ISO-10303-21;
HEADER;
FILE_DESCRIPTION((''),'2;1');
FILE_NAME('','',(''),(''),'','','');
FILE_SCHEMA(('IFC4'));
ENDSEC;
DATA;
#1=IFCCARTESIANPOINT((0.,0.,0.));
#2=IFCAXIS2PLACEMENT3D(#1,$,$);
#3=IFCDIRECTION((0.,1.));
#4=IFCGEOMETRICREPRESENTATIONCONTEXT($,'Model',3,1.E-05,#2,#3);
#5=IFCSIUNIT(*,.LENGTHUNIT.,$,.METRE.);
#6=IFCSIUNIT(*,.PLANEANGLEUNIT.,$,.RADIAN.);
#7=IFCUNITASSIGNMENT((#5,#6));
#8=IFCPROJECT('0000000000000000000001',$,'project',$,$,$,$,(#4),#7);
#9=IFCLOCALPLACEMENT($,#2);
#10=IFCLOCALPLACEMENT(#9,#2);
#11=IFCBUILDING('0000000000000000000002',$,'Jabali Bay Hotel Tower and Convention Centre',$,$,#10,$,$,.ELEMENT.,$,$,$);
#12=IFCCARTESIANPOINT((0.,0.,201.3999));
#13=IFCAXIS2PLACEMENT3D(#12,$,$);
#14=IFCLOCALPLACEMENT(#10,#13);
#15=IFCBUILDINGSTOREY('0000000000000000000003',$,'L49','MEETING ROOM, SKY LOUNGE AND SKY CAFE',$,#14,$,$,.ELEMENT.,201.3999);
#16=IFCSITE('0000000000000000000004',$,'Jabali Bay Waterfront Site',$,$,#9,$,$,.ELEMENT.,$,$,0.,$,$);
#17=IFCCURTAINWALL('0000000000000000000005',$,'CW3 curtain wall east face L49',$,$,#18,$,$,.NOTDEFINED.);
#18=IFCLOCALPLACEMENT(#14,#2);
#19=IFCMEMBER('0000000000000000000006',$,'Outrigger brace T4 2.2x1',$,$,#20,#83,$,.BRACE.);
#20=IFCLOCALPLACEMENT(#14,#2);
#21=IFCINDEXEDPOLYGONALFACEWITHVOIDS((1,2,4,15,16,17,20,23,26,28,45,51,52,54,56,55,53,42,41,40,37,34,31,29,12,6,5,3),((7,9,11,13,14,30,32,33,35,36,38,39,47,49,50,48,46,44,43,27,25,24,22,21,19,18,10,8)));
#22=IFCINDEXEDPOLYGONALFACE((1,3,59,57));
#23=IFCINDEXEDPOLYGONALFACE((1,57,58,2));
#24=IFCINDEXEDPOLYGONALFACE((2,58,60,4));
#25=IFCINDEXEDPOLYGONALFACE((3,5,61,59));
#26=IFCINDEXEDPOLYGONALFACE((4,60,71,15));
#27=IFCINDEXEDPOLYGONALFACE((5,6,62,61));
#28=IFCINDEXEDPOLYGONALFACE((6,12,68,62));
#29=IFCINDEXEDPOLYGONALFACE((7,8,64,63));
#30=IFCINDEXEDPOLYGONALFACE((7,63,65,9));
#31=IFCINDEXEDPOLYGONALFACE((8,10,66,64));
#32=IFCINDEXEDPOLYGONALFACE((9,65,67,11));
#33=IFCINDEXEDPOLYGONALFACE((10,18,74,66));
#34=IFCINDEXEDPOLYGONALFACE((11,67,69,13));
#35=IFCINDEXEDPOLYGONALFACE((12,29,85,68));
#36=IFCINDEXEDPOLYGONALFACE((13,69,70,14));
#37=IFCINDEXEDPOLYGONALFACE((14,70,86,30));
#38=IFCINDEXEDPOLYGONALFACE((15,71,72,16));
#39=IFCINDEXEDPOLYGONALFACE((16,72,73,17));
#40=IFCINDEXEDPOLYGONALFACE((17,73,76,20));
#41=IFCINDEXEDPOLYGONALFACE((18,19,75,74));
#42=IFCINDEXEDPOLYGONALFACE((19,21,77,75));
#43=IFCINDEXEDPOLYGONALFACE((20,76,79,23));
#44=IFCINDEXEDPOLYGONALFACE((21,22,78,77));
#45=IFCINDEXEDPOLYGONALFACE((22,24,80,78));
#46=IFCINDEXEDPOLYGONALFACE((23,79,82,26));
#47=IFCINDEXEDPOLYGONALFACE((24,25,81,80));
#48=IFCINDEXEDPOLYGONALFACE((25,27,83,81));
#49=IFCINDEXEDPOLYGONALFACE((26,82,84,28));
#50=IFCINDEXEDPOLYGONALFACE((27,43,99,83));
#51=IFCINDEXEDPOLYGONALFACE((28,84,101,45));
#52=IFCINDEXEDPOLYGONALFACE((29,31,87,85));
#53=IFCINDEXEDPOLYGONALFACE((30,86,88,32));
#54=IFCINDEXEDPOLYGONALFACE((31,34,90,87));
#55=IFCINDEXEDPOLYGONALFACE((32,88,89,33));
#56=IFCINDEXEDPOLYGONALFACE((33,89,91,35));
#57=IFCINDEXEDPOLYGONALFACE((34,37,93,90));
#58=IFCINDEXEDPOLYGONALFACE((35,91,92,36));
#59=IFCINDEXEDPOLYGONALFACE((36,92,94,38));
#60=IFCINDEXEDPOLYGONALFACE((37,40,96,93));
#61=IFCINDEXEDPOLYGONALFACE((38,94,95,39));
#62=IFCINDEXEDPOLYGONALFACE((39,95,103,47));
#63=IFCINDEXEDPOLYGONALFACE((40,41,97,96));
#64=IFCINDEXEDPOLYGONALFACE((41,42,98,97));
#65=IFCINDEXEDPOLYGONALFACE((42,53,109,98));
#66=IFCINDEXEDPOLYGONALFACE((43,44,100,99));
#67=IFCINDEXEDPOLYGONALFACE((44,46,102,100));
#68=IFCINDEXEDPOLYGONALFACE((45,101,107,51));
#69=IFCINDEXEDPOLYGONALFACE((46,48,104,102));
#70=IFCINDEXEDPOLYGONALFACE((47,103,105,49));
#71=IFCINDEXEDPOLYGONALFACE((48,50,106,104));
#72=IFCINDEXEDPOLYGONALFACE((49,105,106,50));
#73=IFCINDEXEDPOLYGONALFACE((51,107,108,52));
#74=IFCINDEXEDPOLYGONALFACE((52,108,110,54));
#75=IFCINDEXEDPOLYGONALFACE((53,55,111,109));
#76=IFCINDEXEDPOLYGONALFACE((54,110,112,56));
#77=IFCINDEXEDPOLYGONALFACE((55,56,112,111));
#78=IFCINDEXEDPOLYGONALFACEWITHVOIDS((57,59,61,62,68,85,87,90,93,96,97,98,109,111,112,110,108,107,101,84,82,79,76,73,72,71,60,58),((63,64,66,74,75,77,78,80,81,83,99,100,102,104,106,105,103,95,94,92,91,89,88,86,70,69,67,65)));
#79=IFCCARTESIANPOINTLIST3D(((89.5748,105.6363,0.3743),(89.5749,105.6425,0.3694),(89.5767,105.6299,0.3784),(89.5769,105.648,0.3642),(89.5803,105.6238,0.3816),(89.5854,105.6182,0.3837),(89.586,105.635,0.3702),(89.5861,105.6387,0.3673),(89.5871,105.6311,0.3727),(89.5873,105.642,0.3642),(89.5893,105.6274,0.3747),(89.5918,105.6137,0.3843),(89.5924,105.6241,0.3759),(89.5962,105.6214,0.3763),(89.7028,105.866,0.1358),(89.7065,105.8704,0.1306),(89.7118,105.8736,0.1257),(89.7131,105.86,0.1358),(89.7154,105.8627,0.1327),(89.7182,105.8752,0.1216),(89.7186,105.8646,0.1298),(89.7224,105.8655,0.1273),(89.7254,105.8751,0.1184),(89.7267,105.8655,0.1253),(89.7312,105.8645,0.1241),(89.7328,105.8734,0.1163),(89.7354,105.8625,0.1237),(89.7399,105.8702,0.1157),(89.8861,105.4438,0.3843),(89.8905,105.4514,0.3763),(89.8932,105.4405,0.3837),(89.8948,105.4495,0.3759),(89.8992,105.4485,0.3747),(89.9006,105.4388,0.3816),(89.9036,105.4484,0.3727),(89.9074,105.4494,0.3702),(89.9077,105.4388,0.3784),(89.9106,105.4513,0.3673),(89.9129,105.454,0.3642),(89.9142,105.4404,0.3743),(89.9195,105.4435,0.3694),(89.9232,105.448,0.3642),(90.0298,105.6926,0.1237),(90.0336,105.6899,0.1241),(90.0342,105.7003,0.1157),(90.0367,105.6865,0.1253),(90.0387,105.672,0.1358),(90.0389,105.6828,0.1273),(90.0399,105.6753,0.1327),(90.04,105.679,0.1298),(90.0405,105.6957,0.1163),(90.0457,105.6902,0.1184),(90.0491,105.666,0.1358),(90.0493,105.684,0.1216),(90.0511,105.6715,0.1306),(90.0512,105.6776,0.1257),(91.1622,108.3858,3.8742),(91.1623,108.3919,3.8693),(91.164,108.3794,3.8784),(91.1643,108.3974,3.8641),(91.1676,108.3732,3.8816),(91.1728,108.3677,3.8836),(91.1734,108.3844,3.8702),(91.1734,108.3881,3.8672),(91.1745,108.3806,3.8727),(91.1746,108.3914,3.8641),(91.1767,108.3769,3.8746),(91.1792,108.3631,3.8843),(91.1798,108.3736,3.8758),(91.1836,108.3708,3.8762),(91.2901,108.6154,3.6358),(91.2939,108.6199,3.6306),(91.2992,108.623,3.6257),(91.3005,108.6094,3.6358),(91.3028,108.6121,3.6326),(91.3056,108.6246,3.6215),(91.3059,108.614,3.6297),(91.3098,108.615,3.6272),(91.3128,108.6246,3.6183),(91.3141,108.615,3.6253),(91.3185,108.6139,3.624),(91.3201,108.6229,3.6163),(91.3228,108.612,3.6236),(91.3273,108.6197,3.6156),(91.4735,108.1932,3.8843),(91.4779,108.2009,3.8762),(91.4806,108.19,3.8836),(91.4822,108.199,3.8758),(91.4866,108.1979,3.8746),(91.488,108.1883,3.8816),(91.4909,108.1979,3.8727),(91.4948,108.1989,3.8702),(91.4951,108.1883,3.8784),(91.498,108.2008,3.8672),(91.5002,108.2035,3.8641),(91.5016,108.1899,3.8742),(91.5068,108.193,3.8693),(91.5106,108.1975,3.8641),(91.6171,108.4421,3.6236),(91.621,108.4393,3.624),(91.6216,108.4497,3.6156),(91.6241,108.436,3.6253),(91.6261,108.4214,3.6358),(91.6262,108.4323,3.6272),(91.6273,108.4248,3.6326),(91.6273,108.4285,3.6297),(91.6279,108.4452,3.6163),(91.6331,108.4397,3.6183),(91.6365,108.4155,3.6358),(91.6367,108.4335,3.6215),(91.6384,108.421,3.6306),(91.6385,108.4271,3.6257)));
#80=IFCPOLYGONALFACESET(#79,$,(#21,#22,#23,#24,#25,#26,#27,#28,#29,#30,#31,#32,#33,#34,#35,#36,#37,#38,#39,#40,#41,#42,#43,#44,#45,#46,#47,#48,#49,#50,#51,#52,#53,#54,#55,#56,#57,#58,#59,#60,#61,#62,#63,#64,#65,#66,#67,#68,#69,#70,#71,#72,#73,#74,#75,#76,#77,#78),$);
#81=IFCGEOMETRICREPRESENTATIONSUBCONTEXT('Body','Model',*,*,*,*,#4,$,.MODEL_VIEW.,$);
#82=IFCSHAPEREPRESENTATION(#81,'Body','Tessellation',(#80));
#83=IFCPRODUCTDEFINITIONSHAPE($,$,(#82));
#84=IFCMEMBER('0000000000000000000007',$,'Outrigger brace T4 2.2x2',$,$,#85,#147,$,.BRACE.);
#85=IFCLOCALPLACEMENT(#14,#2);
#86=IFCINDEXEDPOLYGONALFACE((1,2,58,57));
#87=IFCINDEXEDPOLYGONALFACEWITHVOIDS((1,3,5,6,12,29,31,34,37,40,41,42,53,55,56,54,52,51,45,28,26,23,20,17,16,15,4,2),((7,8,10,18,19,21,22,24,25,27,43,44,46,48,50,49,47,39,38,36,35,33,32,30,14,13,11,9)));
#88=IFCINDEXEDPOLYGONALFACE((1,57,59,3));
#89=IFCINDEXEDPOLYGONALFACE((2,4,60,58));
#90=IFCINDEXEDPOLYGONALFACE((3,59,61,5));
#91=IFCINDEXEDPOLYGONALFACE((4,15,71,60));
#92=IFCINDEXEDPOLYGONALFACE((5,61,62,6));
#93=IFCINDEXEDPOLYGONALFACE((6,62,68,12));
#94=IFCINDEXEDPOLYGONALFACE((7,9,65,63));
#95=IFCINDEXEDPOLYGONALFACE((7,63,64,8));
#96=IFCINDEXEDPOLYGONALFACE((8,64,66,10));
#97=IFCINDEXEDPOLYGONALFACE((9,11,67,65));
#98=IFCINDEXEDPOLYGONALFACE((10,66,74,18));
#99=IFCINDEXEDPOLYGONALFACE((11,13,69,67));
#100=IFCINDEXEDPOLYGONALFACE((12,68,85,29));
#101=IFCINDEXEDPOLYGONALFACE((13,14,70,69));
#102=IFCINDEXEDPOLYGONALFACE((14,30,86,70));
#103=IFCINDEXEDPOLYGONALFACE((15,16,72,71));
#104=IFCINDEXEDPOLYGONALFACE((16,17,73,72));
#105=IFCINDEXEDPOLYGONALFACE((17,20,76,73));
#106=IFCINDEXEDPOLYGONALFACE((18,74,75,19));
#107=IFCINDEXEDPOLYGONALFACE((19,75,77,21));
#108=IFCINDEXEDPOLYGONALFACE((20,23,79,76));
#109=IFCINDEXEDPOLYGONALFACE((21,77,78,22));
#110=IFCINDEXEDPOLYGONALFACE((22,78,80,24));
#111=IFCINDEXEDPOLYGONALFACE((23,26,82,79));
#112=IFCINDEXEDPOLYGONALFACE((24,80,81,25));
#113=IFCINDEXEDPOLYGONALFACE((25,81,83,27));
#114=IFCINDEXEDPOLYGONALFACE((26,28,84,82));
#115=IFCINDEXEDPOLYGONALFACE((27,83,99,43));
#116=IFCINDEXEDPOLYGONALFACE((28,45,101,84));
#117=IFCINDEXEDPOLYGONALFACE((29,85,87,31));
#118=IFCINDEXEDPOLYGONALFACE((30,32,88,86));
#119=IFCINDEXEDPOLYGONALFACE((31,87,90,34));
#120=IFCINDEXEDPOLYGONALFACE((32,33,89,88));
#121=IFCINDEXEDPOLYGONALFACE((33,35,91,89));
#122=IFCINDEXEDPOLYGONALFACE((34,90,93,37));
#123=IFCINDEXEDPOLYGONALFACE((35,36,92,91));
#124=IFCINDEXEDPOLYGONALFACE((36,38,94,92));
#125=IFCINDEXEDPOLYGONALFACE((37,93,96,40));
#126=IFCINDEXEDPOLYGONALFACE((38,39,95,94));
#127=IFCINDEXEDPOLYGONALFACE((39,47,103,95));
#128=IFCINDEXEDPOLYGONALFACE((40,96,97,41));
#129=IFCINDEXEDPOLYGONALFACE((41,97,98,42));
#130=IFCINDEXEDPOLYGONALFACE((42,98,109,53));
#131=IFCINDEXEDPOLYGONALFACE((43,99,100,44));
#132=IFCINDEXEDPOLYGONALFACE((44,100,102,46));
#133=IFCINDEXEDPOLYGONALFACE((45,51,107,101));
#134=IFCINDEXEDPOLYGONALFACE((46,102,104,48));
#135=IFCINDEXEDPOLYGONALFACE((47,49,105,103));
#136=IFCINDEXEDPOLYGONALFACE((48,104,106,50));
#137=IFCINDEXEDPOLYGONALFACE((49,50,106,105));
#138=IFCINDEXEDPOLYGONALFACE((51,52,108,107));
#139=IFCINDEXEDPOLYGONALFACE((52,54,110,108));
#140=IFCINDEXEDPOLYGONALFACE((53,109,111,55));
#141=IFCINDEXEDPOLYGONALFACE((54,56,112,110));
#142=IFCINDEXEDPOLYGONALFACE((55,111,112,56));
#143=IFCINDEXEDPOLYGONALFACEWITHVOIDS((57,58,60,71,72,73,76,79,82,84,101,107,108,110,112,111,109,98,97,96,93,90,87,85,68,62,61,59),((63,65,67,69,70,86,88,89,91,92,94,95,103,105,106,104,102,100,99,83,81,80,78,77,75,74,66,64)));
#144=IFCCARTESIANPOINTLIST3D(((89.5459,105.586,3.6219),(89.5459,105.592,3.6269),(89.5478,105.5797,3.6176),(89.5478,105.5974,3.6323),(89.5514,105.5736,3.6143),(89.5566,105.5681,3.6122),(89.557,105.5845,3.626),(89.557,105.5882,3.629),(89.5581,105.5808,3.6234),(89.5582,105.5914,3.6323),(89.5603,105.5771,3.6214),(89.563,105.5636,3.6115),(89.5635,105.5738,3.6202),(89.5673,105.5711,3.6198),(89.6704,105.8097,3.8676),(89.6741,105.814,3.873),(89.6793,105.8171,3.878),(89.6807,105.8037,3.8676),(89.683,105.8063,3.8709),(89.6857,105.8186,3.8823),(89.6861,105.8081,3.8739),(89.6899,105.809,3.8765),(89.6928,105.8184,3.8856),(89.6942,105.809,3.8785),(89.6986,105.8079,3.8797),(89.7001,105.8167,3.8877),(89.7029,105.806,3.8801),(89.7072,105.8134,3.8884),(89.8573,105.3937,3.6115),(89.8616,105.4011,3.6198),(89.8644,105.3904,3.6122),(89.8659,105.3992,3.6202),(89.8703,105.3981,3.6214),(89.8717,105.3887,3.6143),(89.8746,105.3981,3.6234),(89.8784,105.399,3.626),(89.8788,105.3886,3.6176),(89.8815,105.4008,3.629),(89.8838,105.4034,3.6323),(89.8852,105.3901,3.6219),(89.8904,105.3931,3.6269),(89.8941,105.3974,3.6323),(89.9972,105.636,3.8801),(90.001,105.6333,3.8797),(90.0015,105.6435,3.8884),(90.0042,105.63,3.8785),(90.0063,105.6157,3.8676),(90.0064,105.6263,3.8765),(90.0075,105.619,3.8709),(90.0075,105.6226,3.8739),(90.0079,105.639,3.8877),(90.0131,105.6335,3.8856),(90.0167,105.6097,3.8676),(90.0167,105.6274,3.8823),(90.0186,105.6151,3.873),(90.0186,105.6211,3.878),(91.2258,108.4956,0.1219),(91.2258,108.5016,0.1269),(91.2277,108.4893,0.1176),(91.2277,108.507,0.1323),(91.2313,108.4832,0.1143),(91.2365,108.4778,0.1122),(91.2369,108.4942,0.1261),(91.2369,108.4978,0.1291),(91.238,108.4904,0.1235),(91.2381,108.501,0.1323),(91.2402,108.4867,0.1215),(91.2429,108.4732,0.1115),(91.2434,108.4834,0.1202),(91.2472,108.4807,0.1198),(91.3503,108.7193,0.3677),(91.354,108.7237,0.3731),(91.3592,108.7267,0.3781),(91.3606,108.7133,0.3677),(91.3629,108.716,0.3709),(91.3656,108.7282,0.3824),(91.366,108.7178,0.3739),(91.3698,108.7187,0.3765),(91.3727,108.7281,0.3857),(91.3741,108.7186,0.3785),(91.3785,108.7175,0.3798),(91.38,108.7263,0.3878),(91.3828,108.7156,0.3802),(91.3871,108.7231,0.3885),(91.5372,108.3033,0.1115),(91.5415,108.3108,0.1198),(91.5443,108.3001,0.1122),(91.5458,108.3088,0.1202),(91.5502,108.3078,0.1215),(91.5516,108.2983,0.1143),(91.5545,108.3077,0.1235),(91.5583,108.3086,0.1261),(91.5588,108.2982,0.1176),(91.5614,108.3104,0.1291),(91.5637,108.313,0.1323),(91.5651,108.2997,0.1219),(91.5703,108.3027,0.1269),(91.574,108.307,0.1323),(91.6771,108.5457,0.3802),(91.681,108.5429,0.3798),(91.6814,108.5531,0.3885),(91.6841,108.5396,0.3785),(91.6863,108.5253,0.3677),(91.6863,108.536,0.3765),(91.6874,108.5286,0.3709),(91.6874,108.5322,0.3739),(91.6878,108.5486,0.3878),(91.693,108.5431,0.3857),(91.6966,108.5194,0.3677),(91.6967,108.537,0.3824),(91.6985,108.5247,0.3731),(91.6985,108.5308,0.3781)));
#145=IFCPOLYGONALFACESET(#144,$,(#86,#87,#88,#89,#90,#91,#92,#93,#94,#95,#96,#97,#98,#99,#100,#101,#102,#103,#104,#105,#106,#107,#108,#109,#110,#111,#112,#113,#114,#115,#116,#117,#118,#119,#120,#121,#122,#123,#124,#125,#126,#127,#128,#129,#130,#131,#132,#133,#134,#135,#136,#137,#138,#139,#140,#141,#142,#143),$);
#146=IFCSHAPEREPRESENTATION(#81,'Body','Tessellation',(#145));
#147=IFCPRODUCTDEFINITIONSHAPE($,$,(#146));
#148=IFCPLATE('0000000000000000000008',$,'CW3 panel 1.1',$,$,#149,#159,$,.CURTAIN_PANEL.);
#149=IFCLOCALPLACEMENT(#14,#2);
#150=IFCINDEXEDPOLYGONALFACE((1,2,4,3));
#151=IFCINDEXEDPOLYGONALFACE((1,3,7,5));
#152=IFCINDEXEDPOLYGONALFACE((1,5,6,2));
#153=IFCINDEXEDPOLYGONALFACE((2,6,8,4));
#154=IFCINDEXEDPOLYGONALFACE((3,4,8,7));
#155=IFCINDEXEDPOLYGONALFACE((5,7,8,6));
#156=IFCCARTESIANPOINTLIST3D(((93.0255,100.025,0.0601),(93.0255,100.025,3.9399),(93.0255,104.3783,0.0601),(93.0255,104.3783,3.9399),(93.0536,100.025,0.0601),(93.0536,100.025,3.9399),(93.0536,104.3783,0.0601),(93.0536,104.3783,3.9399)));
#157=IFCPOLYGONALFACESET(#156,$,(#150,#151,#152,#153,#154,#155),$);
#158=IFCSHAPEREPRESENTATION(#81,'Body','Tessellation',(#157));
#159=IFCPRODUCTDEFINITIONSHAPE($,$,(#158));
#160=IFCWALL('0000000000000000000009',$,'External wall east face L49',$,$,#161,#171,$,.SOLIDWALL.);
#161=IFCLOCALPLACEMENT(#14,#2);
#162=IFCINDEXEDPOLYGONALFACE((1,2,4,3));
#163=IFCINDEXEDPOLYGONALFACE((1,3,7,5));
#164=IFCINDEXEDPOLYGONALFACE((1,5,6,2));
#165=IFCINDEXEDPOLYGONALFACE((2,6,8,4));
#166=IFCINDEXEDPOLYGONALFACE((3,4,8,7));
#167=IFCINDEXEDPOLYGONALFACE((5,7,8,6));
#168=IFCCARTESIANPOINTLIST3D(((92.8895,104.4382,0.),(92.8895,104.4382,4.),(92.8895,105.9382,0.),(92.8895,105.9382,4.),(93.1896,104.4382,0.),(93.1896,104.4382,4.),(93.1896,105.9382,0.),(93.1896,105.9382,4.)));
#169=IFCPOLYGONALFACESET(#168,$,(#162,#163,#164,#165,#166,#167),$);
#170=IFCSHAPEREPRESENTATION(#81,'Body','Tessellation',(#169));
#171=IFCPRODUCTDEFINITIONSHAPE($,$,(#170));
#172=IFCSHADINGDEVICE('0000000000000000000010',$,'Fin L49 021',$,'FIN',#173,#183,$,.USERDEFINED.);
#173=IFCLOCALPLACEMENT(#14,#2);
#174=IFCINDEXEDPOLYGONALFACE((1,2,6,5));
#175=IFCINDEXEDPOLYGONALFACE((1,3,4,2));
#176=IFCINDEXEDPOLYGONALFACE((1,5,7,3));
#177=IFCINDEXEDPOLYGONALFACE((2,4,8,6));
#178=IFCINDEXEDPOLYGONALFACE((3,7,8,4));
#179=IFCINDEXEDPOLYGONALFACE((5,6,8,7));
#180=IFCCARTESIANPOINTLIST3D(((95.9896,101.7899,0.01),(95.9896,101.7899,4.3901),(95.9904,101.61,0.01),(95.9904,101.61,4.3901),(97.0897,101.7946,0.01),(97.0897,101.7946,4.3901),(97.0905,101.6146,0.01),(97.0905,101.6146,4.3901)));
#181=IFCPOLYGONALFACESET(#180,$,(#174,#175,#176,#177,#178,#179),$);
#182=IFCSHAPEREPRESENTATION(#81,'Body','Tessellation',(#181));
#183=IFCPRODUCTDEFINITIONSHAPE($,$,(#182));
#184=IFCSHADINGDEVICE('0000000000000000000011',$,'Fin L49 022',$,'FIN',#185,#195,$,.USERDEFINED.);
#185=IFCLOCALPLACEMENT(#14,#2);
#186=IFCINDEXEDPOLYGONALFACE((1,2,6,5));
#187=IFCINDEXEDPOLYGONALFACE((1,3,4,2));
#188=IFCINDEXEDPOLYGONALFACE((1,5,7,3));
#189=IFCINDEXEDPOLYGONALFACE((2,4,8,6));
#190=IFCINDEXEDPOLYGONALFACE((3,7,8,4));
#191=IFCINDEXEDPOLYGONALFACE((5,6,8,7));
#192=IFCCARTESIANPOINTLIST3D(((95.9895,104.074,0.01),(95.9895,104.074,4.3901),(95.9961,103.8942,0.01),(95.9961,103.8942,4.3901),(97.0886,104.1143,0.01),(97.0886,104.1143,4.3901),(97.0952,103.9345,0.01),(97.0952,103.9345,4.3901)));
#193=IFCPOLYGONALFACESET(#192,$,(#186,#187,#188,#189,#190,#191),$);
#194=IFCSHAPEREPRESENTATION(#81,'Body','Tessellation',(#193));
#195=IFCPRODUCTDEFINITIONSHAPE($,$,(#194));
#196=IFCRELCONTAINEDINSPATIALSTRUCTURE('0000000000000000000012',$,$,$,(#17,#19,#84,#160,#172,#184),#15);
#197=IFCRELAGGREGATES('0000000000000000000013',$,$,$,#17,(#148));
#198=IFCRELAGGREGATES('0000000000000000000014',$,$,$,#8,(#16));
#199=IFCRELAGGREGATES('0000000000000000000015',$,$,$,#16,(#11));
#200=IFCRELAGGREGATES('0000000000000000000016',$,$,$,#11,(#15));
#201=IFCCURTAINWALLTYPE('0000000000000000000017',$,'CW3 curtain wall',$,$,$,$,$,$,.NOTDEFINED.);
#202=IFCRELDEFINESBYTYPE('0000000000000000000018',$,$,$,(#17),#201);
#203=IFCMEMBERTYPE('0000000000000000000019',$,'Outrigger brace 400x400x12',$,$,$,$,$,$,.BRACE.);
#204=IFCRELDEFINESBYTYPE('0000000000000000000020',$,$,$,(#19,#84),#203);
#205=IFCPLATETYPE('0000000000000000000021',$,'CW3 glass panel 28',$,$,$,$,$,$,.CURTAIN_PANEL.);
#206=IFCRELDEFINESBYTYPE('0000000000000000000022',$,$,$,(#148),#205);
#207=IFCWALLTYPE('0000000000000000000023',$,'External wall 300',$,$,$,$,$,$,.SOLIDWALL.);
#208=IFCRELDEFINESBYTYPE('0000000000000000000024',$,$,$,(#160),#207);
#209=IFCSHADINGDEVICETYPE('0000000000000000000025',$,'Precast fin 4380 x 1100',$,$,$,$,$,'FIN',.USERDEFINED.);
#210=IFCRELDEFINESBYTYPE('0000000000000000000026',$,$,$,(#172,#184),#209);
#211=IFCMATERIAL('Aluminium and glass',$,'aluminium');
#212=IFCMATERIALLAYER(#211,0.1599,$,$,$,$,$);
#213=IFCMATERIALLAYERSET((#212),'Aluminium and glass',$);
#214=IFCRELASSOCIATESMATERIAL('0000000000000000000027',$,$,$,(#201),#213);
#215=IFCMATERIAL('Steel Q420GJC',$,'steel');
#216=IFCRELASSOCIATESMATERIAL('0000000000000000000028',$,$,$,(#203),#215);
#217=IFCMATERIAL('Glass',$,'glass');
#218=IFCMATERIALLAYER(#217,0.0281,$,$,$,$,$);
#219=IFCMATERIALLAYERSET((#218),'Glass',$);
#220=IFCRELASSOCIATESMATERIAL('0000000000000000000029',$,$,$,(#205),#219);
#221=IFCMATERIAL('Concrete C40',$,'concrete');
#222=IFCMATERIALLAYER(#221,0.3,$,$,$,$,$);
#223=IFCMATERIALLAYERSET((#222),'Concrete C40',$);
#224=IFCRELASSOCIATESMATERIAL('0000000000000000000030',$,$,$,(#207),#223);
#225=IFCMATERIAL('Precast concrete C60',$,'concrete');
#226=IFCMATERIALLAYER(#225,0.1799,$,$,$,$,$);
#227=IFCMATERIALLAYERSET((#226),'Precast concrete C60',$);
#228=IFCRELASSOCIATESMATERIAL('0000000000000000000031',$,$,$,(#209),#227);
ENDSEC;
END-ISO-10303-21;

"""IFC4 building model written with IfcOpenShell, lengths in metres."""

from ifc_helpers import new_model, si_unit, direction, frame, frame_2d, origin, origin_2d, place, context, subcontext, project, spatial, rectangle, hollow_rectangle, extrude, material, layer, layer_set, material_profile, profile_set, type_object, element, aggregate, save


model = new_model("IFC4")

# Units and contexts
model_context = context("Model", 3, precision=1e-05, world=origin(), true_north=direction((0.0, 1.0)))
body_context = subcontext(model_context, "Body", "Model", "MODEL_VIEW")
ifc_project = project(units=[si_unit("LENGTHUNIT", "METRE"), si_unit("PLANEANGLEUNIT", "RADIAN")], contexts=[model_context])

# Site, building, storey
site_placement = place(None, origin())
site = spatial("IfcSite", under=ifc_project, at=site_placement, Name="Jabali Bay Waterfront Site", CompositionType="ELEMENT", RefElevation=0.0)
building_placement = place(site_placement, origin())
building = spatial("IfcBuilding", under=site, at=building_placement, Name="Jabali Bay Hotel Tower and Convention Centre", CompositionType="ELEMENT")
storey_placement = place(building_placement, frame((0.0, 0.0, 201.3999)))
storey = spatial("IfcBuildingStorey", under=building, at=storey_placement, Name="L49", Description="MEETING ROOM, SKY LOUNGE AND SKY CAFE", CompositionType="ELEMENT", Elevation=201.3999)

# Shared definitions
ifc_material_1 = material(Name="Steel Q420GJC", Category="steel")

# Curtain wall
ifc_material_2 = material(Name="Aluminium and glass", Category="aluminium")
ifc_layer_1 = layer(ifc_material_2, 0.1599)
ifc_layer_set_1 = layer_set([ifc_layer_1], Name="Aluminium and glass")
curtain_wall_type = type_object("IfcCurtainWallType", Name="CW3 curtain wall", PredefinedType="NOTDEFINED", material=ifc_layer_set_1)
curtain_wall_placement = place(storey_placement, origin())
curtain_wall = element("IfcCurtainWall", 1, at=curtain_wall_placement, inside=storey, type_object=curtain_wall_type, Name="CW3 curtain wall east face L49", PredefinedType="NOTDEFINED")

# Members
ifc_material_profile_1 = material_profile(ifc_material_1, hollow_rectangle(XDim=0.3999, YDim=0.3999, WallThickness=0.012, InnerFilletRadius=0.0181, OuterFilletRadius=0.03, at=origin_2d()), Name="Outrigger brace 400x400x12")
ifc_profile_set_1 = profile_set([ifc_material_profile_1], Name="Steel Q420GJC")
member_type_1 = type_object("IfcMemberType", Name="Outrigger brace 400x400x12", PredefinedType="BRACE", material=ifc_profile_set_1)
member_1_placement = place(storey_placement, frame((89.813, 105.657, 0.25), z_axis=(0.335928, 0.581855, 0.740674), x_axis=(-0.866029, 0.499993, 0.0)))
element("IfcMember", 2, at=member_1_placement, inside=storey, type_object=member_type_1, Name="Outrigger brace T4 2.2x1", PredefinedType="BRACE", context=body_context, shape_type="SweptSolid", body=[
    extrude(hollow_rectangle(XDim=0.3999, YDim=0.3999, WallThickness=0.012, InnerFilletRadius=0.0181, OuterFilletRadius=0.03, at=origin_2d()), origin(), (0.0, 0.0, 1.0), 4.7253),
])
member_2_placement = place(storey_placement, frame((91.4622, 108.5132, 0.25), z_axis=(-0.346261, -0.59973, 0.721407), x_axis=(0.866021, -0.500008, 0.0)))
element("IfcMember", 3, at=member_2_placement, inside=storey, type_object=member_type_1, Name="Outrigger brace T4 2.2x2", PredefinedType="BRACE", context=body_context, shape_type="SweptSolid", body=[
    extrude(hollow_rectangle(XDim=0.3999, YDim=0.3999, WallThickness=0.012, InnerFilletRadius=0.0181, OuterFilletRadius=0.03, at=origin_2d()), origin(), (0.0, 0.0, 1.0), 4.8516),
])

# Plate
ifc_material_3 = material(Name="Glass", Category="glass")
ifc_layer_2 = layer(ifc_material_3, 0.0281)
ifc_layer_set_2 = layer_set([ifc_layer_2], Name="Glass")
plate_type = type_object("IfcPlateType", Name="CW3 glass panel 28", PredefinedType="CURTAIN_PANEL", material=ifc_layer_set_2)
plate_placement = place(storey_placement, frame((93.0396, 102.2017, 0.0601), z_axis=(0.0, 0.0, 1.0), x_axis=(0.0, -1.0, 0.0)))
plate = element("IfcPlate", 4, at=plate_placement, type_object=plate_type, Name="CW3 panel 1.1", PredefinedType="CURTAIN_PANEL", context=body_context, shape_type="SweptSolid", body=[
    extrude(rectangle(XDim=4.3533, YDim=0.0281, at=origin_2d()), origin(), (0.0, 0.0, 1.0), 3.8799),
])
aggregate(curtain_wall, [plate])

# Wall
ifc_material_4 = material(Name="Concrete C40", Category="concrete")
ifc_layer_3 = layer(ifc_material_4, 0.3)
ifc_layer_set_3 = layer_set([ifc_layer_3], Name="Concrete C40")
wall_type = type_object("IfcWallType", Name="External wall 300", PredefinedType="SOLIDWALL", material=ifc_layer_set_3)
wall_placement = place(storey_placement, frame((93.0396, 105.9382, 0.0), z_axis=(0.0, 0.0, 1.0), x_axis=(0.0, -1.0, 0.0)))
element("IfcWall", 5, at=wall_placement, inside=storey, type_object=wall_type, Name="External wall east face L49", PredefinedType="SOLIDWALL", context=body_context, shape_type="SweptSolid", body=[
    extrude(rectangle(XDim=1.5, YDim=0.3, at=frame_2d((0.75, 0.0))), origin(), (0.0, 0.0, 1.0), 4.0),
])

# Shading devices
ifc_material_5 = material(Name="Precast concrete C60", Category="concrete")
ifc_layer_4 = layer(ifc_material_5, 0.1799)
ifc_layer_set_4 = layer_set([ifc_layer_4], Name="Precast concrete C60")
shading_device_type_1 = type_object("IfcShadingDeviceType", Name="Precast fin 4380 x 1100", ElementType="FIN", PredefinedType="USERDEFINED", material=ifc_layer_set_4)
shading_device_1_placement = place(storey_placement, frame((95.99, 101.7, 0.01), z_axis=(0.0, 0.0, 1.0), x_axis=(0.999991, 0.004217, 0.0)))
element("IfcShadingDevice", 6, at=shading_device_1_placement, inside=storey, type_object=shading_device_type_1, Name="Fin L49 021", ObjectType="FIN", PredefinedType="USERDEFINED", context=body_context, shape_type="SweptSolid", body=[
    extrude(rectangle(XDim=1.1001, YDim=0.1799, at=frame_2d((0.55, 0.0))), origin(), (0.0, 0.0, 1.0), 4.3801),
])
for number, where, z_axis, x_axis, name in (
    (7, (95.9929, 103.9841, 0.01), (0.0, 0.0, 1.0), (0.999329, 0.036626, 0.0), "Fin L49 022"),
):
    element("IfcShadingDevice", number, at=place(storey_placement, frame(where, z_axis=z_axis, x_axis=x_axis)), inside=storey, type_object=shading_device_type_1, Name=name, ObjectType="FIN", PredefinedType="USERDEFINED", context=body_context, shape_type="SweptSolid", body=[
        extrude(rectangle(XDim=1.0999, YDim=0.1799, at=frame_2d((0.5498, 0.0))), origin(), (0.0, 0.0, 1.0), 4.3801),
    ])

save(model, "model.ifc")
